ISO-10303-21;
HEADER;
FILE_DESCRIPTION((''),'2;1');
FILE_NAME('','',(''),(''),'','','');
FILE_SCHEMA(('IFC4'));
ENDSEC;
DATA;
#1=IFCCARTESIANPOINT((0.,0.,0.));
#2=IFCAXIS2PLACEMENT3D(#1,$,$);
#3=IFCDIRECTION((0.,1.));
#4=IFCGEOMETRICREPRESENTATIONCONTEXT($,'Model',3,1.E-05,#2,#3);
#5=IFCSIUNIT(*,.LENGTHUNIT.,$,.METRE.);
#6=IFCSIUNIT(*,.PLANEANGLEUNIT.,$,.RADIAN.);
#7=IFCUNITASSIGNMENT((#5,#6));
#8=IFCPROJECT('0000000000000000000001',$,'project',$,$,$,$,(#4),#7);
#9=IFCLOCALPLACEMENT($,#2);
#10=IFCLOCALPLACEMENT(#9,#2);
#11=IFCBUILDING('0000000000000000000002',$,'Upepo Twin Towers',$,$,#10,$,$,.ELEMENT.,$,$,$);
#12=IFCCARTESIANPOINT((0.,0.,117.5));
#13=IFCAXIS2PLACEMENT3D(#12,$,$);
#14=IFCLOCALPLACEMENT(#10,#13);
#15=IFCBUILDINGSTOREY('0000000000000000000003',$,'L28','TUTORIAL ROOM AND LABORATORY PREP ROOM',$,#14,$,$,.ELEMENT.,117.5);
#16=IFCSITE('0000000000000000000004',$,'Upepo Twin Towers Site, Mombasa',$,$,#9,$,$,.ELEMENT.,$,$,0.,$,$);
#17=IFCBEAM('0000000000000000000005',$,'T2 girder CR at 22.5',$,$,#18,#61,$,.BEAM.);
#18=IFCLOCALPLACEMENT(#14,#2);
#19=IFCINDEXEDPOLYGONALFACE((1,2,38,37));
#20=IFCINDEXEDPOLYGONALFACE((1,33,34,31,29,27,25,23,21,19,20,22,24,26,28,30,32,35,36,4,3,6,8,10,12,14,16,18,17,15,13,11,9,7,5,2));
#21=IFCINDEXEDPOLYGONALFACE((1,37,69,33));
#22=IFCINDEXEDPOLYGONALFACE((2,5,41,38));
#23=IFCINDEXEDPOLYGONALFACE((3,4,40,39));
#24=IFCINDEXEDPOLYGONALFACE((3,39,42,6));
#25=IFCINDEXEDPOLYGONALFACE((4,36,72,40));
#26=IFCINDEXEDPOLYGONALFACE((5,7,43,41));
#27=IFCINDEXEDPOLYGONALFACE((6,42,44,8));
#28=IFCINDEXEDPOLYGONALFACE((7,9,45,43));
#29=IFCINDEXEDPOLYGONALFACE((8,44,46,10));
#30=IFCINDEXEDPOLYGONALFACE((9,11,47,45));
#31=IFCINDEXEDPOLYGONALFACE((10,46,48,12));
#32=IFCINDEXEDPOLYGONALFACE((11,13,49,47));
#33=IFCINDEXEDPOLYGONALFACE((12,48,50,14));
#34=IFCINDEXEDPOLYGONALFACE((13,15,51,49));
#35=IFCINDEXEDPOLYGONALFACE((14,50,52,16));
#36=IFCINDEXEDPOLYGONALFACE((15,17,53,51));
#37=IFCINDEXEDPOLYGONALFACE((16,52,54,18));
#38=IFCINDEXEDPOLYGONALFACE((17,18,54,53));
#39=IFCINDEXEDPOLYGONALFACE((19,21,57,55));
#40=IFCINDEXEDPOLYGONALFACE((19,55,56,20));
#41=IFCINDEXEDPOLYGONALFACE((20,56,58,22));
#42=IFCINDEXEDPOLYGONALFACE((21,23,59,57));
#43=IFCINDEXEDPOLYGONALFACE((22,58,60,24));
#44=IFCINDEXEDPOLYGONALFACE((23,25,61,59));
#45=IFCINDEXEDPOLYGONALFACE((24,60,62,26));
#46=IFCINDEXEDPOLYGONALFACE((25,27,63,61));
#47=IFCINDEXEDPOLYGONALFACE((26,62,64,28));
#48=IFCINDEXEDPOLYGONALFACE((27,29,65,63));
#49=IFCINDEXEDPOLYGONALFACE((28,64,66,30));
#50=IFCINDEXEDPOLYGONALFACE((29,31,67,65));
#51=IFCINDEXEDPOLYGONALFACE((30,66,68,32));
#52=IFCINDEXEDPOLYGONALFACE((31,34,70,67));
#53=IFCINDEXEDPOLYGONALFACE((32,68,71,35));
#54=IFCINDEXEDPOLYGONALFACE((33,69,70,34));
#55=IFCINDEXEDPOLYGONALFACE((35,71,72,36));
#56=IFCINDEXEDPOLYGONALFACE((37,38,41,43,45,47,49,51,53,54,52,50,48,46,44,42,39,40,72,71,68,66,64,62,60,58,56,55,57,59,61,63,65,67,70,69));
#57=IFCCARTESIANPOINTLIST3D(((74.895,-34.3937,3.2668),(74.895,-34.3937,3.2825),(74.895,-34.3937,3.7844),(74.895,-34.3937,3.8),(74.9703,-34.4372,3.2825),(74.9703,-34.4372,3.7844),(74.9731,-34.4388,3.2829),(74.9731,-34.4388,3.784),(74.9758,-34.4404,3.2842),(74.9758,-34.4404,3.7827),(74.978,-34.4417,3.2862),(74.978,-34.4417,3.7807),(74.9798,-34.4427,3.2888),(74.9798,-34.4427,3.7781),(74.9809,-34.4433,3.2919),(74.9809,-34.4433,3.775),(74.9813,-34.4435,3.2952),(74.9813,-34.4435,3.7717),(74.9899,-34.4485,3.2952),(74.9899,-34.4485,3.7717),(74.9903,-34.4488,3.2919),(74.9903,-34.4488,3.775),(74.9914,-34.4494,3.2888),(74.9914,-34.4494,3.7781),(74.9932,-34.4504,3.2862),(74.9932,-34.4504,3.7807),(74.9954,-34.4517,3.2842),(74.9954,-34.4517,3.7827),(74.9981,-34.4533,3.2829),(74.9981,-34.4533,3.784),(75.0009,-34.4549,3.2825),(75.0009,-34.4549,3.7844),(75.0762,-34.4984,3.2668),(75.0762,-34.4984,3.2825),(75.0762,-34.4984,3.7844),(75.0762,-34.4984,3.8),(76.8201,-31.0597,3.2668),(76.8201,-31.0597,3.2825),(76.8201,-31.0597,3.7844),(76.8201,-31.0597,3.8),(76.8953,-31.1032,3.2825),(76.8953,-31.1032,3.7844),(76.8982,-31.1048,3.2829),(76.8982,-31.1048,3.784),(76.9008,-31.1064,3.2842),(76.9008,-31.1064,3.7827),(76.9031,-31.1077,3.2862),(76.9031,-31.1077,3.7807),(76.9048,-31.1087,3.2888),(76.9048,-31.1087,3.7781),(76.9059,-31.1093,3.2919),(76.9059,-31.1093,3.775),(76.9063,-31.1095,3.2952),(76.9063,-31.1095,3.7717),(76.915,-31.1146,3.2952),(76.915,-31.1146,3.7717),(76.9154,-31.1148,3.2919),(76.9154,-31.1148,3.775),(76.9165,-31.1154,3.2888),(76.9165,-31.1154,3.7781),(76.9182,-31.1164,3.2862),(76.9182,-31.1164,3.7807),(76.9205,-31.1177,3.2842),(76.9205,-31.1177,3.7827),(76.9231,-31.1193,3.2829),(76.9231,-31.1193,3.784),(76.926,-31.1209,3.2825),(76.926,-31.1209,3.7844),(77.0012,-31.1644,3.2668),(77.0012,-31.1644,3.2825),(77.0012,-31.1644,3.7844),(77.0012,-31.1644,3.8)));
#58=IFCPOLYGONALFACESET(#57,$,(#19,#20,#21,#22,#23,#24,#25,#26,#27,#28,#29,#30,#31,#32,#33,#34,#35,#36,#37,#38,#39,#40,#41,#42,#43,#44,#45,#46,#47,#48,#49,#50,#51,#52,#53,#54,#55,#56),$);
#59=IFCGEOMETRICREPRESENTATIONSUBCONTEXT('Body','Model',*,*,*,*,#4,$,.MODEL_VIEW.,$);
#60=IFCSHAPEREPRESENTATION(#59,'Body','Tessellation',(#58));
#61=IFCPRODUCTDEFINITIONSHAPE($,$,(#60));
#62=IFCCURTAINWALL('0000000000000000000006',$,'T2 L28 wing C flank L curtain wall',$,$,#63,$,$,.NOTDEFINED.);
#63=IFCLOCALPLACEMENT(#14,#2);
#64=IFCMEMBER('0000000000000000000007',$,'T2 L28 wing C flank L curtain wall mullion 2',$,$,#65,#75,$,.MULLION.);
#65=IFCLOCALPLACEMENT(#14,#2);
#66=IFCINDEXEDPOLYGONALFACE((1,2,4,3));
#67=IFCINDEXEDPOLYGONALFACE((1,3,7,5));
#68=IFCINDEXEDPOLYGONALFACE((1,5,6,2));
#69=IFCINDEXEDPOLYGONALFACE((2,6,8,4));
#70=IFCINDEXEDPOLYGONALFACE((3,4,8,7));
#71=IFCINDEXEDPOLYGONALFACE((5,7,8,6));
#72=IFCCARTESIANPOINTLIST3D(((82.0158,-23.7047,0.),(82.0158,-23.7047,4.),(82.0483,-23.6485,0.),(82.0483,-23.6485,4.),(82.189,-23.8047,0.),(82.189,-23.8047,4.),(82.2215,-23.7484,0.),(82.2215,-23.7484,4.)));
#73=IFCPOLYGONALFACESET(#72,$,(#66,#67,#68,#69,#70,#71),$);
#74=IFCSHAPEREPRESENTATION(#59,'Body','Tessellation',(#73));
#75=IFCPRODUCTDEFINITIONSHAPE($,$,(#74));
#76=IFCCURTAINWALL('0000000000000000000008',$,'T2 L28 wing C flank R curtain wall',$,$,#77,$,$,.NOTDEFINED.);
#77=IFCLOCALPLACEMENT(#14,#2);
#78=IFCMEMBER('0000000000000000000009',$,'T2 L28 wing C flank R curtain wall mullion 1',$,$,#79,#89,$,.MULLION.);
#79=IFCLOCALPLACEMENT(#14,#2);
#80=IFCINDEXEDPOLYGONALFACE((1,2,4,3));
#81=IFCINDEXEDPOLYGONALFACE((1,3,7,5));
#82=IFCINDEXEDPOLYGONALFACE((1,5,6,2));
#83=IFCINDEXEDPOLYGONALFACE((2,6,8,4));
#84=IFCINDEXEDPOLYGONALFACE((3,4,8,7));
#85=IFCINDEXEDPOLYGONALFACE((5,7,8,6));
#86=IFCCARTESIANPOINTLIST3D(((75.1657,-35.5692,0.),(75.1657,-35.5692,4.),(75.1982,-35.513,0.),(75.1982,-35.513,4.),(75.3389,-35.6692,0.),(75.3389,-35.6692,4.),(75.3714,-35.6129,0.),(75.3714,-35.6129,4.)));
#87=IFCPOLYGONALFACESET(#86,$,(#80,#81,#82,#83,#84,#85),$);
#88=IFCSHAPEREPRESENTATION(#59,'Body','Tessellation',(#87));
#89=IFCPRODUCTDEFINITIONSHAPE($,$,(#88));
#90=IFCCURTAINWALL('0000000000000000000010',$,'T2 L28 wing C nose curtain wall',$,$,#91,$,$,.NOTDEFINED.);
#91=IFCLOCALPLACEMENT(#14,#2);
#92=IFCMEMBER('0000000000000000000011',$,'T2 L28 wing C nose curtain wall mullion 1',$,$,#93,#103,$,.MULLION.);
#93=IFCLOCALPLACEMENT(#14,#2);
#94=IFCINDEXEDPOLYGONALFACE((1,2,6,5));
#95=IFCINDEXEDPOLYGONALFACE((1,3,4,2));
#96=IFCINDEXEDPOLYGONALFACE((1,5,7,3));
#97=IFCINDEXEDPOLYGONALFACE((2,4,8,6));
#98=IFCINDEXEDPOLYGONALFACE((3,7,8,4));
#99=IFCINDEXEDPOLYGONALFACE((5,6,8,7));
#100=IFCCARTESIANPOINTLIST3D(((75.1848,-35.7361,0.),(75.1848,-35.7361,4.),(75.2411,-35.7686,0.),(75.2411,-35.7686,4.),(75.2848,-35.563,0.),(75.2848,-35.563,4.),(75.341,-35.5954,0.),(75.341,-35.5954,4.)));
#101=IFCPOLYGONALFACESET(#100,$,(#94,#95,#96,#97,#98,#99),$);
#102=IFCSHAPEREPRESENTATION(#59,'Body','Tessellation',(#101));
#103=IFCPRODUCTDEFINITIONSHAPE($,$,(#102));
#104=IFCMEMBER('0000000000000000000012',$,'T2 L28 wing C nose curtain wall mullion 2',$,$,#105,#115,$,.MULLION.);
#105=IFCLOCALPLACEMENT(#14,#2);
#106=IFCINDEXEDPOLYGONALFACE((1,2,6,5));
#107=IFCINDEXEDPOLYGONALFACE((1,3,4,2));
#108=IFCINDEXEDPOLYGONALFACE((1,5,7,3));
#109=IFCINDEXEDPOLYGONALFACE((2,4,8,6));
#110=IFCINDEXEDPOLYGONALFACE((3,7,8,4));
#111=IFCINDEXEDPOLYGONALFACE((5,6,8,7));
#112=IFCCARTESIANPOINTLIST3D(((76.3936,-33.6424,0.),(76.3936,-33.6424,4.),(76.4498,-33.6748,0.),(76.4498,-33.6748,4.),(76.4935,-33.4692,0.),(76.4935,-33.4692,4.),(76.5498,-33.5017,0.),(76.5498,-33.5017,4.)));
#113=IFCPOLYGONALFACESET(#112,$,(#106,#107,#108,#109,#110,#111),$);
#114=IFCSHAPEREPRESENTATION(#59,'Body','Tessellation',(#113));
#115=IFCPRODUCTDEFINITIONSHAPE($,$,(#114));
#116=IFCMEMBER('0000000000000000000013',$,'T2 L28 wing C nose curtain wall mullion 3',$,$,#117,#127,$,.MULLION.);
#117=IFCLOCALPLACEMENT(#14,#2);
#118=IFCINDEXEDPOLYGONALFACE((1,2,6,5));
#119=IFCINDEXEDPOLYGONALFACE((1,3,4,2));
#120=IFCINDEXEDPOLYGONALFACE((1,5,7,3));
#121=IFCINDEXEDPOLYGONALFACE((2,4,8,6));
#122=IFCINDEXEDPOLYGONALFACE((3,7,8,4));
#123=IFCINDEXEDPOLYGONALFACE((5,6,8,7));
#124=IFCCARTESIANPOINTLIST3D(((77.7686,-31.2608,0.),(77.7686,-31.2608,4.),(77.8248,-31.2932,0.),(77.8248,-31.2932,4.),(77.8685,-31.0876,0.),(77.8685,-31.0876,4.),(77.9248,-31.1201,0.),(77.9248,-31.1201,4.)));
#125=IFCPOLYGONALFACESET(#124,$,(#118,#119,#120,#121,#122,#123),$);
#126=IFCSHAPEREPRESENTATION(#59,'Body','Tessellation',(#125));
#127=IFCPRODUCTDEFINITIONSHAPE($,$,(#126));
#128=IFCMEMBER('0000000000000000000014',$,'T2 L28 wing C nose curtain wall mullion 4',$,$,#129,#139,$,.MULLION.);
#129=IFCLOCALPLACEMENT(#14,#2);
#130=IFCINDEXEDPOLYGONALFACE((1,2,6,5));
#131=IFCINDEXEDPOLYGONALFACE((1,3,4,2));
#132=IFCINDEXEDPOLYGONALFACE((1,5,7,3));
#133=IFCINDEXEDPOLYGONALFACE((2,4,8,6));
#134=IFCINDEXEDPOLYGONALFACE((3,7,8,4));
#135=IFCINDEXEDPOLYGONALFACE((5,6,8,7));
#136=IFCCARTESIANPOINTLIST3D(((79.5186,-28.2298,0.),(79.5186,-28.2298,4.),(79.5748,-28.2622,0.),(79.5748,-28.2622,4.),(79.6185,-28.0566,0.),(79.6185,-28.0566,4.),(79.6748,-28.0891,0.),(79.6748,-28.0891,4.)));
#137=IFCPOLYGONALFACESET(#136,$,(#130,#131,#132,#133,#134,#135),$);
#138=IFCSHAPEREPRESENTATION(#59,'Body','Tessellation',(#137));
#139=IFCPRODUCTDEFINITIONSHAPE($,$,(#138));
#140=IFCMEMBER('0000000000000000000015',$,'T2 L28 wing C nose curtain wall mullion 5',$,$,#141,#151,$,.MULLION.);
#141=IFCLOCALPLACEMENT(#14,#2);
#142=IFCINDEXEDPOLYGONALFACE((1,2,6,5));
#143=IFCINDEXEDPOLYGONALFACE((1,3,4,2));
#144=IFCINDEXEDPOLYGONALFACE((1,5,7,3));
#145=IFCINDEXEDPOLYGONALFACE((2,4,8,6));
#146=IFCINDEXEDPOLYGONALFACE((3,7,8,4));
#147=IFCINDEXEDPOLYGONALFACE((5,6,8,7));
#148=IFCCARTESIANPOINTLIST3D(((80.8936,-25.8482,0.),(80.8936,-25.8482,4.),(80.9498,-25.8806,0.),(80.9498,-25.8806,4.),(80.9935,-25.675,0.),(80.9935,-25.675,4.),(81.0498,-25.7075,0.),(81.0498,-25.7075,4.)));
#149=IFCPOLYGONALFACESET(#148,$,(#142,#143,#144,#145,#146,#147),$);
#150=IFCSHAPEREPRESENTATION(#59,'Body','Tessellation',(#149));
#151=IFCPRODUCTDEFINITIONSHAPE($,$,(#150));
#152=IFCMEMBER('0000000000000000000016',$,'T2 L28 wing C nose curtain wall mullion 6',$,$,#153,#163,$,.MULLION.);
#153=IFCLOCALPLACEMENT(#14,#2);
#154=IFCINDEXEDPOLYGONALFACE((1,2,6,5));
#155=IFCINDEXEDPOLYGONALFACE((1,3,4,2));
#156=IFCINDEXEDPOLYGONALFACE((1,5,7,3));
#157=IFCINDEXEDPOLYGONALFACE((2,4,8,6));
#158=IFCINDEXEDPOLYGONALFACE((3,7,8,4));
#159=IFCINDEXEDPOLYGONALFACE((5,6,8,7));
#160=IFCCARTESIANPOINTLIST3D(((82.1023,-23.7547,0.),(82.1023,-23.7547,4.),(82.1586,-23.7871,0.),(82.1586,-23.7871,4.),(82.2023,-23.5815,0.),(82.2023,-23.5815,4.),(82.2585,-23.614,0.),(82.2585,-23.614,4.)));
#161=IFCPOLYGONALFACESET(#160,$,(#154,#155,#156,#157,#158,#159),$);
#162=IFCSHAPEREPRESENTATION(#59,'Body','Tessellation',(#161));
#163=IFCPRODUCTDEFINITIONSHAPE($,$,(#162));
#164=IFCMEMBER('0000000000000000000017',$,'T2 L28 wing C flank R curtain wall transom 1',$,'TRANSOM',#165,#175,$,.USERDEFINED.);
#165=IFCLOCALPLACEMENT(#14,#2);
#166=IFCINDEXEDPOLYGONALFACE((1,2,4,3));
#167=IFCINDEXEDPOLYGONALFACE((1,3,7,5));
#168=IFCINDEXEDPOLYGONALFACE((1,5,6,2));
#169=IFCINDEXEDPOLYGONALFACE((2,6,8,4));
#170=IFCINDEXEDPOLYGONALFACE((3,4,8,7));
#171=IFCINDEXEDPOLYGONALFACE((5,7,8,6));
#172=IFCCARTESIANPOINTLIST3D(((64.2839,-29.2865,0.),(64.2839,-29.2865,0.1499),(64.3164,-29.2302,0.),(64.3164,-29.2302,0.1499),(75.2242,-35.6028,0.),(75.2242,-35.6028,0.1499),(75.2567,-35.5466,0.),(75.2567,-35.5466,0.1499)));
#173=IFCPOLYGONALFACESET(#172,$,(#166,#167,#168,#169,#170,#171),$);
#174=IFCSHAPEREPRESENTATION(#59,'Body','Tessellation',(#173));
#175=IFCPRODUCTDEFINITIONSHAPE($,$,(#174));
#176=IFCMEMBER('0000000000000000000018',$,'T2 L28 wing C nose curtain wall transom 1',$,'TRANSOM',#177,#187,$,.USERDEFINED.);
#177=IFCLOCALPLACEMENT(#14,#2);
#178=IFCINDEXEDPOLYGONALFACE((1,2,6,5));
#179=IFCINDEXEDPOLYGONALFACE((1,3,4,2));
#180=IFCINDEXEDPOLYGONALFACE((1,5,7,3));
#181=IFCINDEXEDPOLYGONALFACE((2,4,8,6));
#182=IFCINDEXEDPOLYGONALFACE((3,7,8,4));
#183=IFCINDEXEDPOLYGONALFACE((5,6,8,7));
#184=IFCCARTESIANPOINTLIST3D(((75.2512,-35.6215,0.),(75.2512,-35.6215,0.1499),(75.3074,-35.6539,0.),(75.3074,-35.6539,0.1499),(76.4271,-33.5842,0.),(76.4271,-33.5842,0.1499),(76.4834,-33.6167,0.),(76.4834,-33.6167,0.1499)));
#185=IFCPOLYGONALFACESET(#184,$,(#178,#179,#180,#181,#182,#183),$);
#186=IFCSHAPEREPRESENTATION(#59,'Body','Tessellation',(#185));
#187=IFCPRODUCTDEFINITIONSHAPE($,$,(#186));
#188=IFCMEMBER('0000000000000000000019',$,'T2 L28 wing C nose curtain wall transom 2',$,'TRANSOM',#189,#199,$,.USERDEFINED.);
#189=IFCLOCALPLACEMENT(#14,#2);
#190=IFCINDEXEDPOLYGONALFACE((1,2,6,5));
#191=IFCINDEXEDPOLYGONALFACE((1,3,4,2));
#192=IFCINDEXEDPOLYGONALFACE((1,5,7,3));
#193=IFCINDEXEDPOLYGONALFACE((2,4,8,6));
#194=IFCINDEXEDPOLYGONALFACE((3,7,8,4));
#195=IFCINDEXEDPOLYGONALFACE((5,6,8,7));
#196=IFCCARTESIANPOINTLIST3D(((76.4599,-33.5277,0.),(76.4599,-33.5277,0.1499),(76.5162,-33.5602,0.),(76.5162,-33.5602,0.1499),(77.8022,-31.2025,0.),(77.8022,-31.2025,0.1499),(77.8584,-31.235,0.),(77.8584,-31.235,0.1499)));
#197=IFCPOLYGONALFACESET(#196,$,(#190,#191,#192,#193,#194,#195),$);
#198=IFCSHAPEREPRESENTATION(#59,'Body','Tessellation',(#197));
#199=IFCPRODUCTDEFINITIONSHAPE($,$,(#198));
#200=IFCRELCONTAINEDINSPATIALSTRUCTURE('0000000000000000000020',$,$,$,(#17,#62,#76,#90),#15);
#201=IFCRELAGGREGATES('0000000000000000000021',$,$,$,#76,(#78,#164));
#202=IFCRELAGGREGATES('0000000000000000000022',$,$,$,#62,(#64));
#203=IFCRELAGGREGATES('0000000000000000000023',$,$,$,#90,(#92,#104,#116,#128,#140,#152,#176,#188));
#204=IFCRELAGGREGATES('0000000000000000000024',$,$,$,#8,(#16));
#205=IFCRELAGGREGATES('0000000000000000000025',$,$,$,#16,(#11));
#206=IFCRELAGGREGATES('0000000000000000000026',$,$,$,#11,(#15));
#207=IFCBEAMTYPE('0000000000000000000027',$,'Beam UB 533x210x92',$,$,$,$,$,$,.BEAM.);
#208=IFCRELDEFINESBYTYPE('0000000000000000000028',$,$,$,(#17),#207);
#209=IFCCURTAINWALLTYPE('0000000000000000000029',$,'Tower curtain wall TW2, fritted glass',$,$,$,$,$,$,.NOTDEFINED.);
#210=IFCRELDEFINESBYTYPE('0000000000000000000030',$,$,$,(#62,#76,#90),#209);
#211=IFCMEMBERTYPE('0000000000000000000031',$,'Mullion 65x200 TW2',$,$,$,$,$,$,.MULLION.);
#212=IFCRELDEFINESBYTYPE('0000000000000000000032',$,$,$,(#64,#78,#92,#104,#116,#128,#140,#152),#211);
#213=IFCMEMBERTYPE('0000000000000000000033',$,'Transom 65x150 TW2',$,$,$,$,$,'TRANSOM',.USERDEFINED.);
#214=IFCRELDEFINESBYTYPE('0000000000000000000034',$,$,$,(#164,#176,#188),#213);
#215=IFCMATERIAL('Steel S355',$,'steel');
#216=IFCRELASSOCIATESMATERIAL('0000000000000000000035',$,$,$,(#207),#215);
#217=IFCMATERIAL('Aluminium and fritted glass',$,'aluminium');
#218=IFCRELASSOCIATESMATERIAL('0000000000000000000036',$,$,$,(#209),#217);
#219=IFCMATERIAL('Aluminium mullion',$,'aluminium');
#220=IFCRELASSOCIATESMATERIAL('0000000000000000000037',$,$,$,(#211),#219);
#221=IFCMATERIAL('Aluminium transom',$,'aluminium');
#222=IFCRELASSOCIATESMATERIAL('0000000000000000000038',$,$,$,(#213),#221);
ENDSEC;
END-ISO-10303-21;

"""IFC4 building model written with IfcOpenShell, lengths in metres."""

from ifc_helpers import new_model, si_unit, direction, frame, origin, origin_2d, place, context, subcontext, project, spatial, rectangle, i_section, extrude, material, material_profile, profile_set, type_object, element, aggregate, save


model = new_model("IFC4")

# Units and contexts
model_context = context("Model", 3, precision=1e-05, world=origin(), true_north=direction((0.0, 1.0)))
body_context = subcontext(model_context, "Body", "Model", "MODEL_VIEW")
ifc_project = project(units=[si_unit("LENGTHUNIT", "METRE"), si_unit("PLANEANGLEUNIT", "RADIAN")], contexts=[model_context])

# Site, building, storey
site_placement = place(None, origin())
site = spatial("IfcSite", under=ifc_project, at=site_placement, Name="Upepo Twin Towers Site, Mombasa", CompositionType="ELEMENT", RefElevation=0.0)
building_placement = place(site_placement, origin())
building = spatial("IfcBuilding", under=site, at=building_placement, Name="Upepo Twin Towers", CompositionType="ELEMENT")
storey_placement = place(building_placement, frame((0.0, 0.0, 117.5)))
storey = spatial("IfcBuildingStorey", under=building, at=storey_placement, Name="L28", Description="TUTORIAL ROOM AND LABORATORY PREP ROOM", CompositionType="ELEMENT", Elevation=117.5)

# Beam
ifc_material_1 = material(Name="Steel S355", Category="steel")
ifc_material_profile_1 = material_profile(ifc_material_1, i_section(OverallWidth=0.2092, OverallDepth=0.5332, WebThickness=0.01, FlangeThickness=0.0156, FilletRadius=0.0127, at=origin_2d()), Name="UB 533x210x92")
ifc_profile_set_1 = profile_set([ifc_material_profile_1], Name="Steel S355")
beam_type_1 = type_object("IfcBeamType", Name="Beam UB 533x210x92", PredefinedType="BEAM", material=ifc_profile_set_1)
for number, where, z_axis, x_axis, name in (
    (1, (74.9856, -34.446, 3.5334), (0.500034, 0.866006, 0.0), (-0.866006, 0.500034, 0.0), "T2 girder CR at 22.5"),
):
    element("IfcBeam", number, at=place(storey_placement, frame(where, z_axis=z_axis, x_axis=x_axis)), inside=storey, type_object=beam_type_1, Name=name, PredefinedType="BEAM", context=body_context, shape_type="SweptSolid", body=[
        extrude(i_section(OverallWidth=0.2092, OverallDepth=0.5332, WebThickness=0.01, FlangeThickness=0.0156, FilletRadius=0.0127, at=origin_2d()), origin(), (0.0, 0.0, 1.0), 3.8499),
    ])

# Curtain walls, members
ifc_material_2 = material(Name="Aluminium and fritted glass", Category="aluminium")
curtain_wall_type = type_object("IfcCurtainWallType", Name="Tower curtain wall TW2, fritted glass", PredefinedType="NOTDEFINED", material=ifc_material_2)
curtain_wall_1_placement = place(storey_placement, origin())
curtain_wall_1 = element("IfcCurtainWall", 2, at=curtain_wall_1_placement, inside=storey, type_object=curtain_wall_type, Name="T2 L28 wing C flank L curtain wall", PredefinedType="NOTDEFINED")
ifc_material_3 = material(Name="Aluminium mullion", Category="aluminium")
ifc_material_profile_2 = material_profile(ifc_material_3, rectangle(XDim=0.0649, YDim=0.2, at=origin_2d()), Name="MULLION 65x200")
ifc_profile_set_2 = profile_set([ifc_material_profile_2], Name="Aluminium mullion")
member_type_1 = type_object("IfcMemberType", Name="Mullion 65x200 TW2", PredefinedType="MULLION", material=ifc_profile_set_2)
member_1_placement = place(storey_placement, frame((82.1187, -23.7266, 0.0), z_axis=(0.0, 0.0, 1.0), x_axis=(0.5, 0.866025, 0.0)))
member_1 = element("IfcMember", 3, at=member_1_placement, type_object=member_type_1, Name="T2 L28 wing C flank L curtain wall mullion 2", PredefinedType="MULLION", context=body_context, shape_type="SweptSolid", body=[
    extrude(rectangle(XDim=0.0649, YDim=0.2, at=origin_2d()), origin(), (0.0, 0.0, 1.0), 4.0),
])
curtain_wall_2_placement = place(storey_placement, origin())
curtain_wall_2 = element("IfcCurtainWall", 4, at=curtain_wall_2_placement, inside=storey, type_object=curtain_wall_type, Name="T2 L28 wing C flank R curtain wall", PredefinedType="NOTDEFINED")
member_2_placement = place(storey_placement, frame((75.2686, -35.5911, 0.0), z_axis=(0.0, 0.0, 1.0), x_axis=(-0.5, -0.866025, 0.0)))
member_2 = element("IfcMember", 5, at=member_2_placement, type_object=member_type_1, Name="T2 L28 wing C flank R curtain wall mullion 1", PredefinedType="MULLION", context=body_context, shape_type="SweptSolid", body=[
    extrude(rectangle(XDim=0.0649, YDim=0.2, at=origin_2d()), origin(), (0.0, 0.0, 1.0), 4.0),
])

# Curtain wall, members
curtain_wall_3_placement = place(storey_placement, origin())
curtain_wall_3 = element("IfcCurtainWall", 6, at=curtain_wall_3_placement, inside=storey, type_object=curtain_wall_type, Name="T2 L28 wing C nose curtain wall", PredefinedType="NOTDEFINED")
member_3_placement = place(storey_placement, frame((75.2629, -35.6658, 0.0), z_axis=(0.0, 0.0, 1.0), x_axis=(-0.866025, 0.5, 0.0)))
member_3 = element("IfcMember", 7, at=member_3_placement, type_object=member_type_1, Name="T2 L28 wing C nose curtain wall mullion 1", PredefinedType="MULLION", context=body_context, shape_type="SweptSolid", body=[
    extrude(rectangle(XDim=0.0649, YDim=0.2, at=origin_2d()), origin(), (0.0, 0.0, 1.0), 4.0),
])
member_4_placement = place(storey_placement, frame((76.4717, -33.572, 0.0), z_axis=(0.0, 0.0, 1.0), x_axis=(-0.866025, 0.5, 0.0)))
member_4 = element("IfcMember", 8, at=member_4_placement, type_object=member_type_1, Name="T2 L28 wing C nose curtain wall mullion 2", PredefinedType="MULLION", context=body_context, shape_type="SweptSolid", body=[
    extrude(rectangle(XDim=0.0649, YDim=0.2, at=origin_2d()), origin(), (0.0, 0.0, 1.0), 4.0),
])
member_5_placement = place(storey_placement, frame((77.8467, -31.1904, 0.0), z_axis=(0.0, 0.0, 1.0), x_axis=(-0.866025, 0.5, 0.0)))
member_5 = element("IfcMember", 9, at=member_5_placement, type_object=member_type_1, Name="T2 L28 wing C nose curtain wall mullion 3", PredefinedType="MULLION", context=body_context, shape_type="SweptSolid", body=[
    extrude(rectangle(XDim=0.0649, YDim=0.2, at=origin_2d()), origin(), (0.0, 0.0, 1.0), 4.0),
])
member_6_placement = place(storey_placement, frame((79.5967, -28.1594, 0.0), z_axis=(0.0, 0.0, 1.0), x_axis=(-0.866025, 0.5, 0.0)))
member_6 = element("IfcMember", 10, at=member_6_placement, type_object=member_type_1, Name="T2 L28 wing C nose curtain wall mullion 4", PredefinedType="MULLION", context=body_context, shape_type="SweptSolid", body=[
    extrude(rectangle(XDim=0.0649, YDim=0.2, at=origin_2d()), origin(), (0.0, 0.0, 1.0), 4.0),
])
member_7_placement = place(storey_placement, frame((80.9717, -25.7778, 0.0), z_axis=(0.0, 0.0, 1.0), x_axis=(-0.866025, 0.5, 0.0)))
member_7 = element("IfcMember", 11, at=member_7_placement, type_object=member_type_1, Name="T2 L28 wing C nose curtain wall mullion 5", PredefinedType="MULLION", context=body_context, shape_type="SweptSolid", body=[
    extrude(rectangle(XDim=0.0649, YDim=0.2, at=origin_2d()), origin(), (0.0, 0.0, 1.0), 4.0),
])
member_8_placement = place(storey_placement, frame((82.1804, -23.6843, 0.0), z_axis=(0.0, 0.0, 1.0), x_axis=(-0.866025, 0.5, 0.0)))
member_8 = element("IfcMember", 12, at=member_8_placement, type_object=member_type_1, Name="T2 L28 wing C nose curtain wall mullion 6", PredefinedType="MULLION", context=body_context, shape_type="SweptSolid", body=[
    extrude(rectangle(XDim=0.0649, YDim=0.2, at=origin_2d()), origin(), (0.0, 0.0, 1.0), 4.0),
])

# Members
ifc_material_4 = material(Name="Aluminium transom", Category="aluminium")
ifc_material_profile_3 = material_profile(ifc_material_4, rectangle(XDim=0.0649, YDim=0.1499, at=origin_2d()), Name="TRANSOM 65x150")
ifc_profile_set_3 = profile_set([ifc_material_profile_3], Name="Aluminium transom")
member_type_2 = type_object("IfcMemberType", Name="Transom 65x150 TW2", ElementType="TRANSOM", PredefinedType="USERDEFINED", material=ifc_profile_set_3)
member_9_placement = place(storey_placement, frame((75.2405, -35.5747, 0.075), z_axis=(-0.866027, 0.499997, 0.0), x_axis=(-0.499997, -0.866027, 0.0)))
member_9 = element("IfcMember", 13, at=member_9_placement, type_object=member_type_2, Name="T2 L28 wing C flank R curtain wall transom 1", ObjectType="TRANSOM", PredefinedType="USERDEFINED", context=body_context, shape_type="SweptSolid", body=[
    extrude(rectangle(XDim=0.0649, YDim=0.1499, at=origin_2d()), origin(), (0.0, 0.0, 1.0), 12.6328),
])
aggregate(curtain_wall_2, [member_2, member_9])
member_10_placement = place(storey_placement, frame((75.2793, -35.6377, 0.075), z_axis=(0.499923, 0.86607, 0.0), x_axis=(-0.86607, 0.499923, 0.0)))
member_10 = element("IfcMember", 14, at=member_10_placement, type_object=member_type_2, Name="T2 L28 wing C nose curtain wall transom 1", ObjectType="TRANSOM", PredefinedType="USERDEFINED", context=body_context, shape_type="SweptSolid", body=[
    extrude(rectangle(XDim=0.0649, YDim=0.1499, at=origin_2d()), origin(), (0.0, 0.0, 1.0), 2.3523),
])
member_11_placement = place(storey_placement, frame((76.488, -33.5439, 0.075), z_axis=(0.499953, 0.866052, 0.0), x_axis=(-0.866052, 0.499953, 0.0)))
member_11 = element("IfcMember", 15, at=member_11_placement, type_object=member_type_2, Name="T2 L28 wing C nose curtain wall transom 2", ObjectType="TRANSOM", PredefinedType="USERDEFINED", context=body_context, shape_type="SweptSolid", body=[
    extrude(rectangle(XDim=0.0649, YDim=0.1499, at=origin_2d()), origin(), (0.0, 0.0, 1.0), 2.6848),
])

aggregate(curtain_wall_1, [member_1])
aggregate(curtain_wall_3, [member_3, member_4, member_5, member_6, member_7, member_8, member_10, member_11])

save(model, "model.ifc")
